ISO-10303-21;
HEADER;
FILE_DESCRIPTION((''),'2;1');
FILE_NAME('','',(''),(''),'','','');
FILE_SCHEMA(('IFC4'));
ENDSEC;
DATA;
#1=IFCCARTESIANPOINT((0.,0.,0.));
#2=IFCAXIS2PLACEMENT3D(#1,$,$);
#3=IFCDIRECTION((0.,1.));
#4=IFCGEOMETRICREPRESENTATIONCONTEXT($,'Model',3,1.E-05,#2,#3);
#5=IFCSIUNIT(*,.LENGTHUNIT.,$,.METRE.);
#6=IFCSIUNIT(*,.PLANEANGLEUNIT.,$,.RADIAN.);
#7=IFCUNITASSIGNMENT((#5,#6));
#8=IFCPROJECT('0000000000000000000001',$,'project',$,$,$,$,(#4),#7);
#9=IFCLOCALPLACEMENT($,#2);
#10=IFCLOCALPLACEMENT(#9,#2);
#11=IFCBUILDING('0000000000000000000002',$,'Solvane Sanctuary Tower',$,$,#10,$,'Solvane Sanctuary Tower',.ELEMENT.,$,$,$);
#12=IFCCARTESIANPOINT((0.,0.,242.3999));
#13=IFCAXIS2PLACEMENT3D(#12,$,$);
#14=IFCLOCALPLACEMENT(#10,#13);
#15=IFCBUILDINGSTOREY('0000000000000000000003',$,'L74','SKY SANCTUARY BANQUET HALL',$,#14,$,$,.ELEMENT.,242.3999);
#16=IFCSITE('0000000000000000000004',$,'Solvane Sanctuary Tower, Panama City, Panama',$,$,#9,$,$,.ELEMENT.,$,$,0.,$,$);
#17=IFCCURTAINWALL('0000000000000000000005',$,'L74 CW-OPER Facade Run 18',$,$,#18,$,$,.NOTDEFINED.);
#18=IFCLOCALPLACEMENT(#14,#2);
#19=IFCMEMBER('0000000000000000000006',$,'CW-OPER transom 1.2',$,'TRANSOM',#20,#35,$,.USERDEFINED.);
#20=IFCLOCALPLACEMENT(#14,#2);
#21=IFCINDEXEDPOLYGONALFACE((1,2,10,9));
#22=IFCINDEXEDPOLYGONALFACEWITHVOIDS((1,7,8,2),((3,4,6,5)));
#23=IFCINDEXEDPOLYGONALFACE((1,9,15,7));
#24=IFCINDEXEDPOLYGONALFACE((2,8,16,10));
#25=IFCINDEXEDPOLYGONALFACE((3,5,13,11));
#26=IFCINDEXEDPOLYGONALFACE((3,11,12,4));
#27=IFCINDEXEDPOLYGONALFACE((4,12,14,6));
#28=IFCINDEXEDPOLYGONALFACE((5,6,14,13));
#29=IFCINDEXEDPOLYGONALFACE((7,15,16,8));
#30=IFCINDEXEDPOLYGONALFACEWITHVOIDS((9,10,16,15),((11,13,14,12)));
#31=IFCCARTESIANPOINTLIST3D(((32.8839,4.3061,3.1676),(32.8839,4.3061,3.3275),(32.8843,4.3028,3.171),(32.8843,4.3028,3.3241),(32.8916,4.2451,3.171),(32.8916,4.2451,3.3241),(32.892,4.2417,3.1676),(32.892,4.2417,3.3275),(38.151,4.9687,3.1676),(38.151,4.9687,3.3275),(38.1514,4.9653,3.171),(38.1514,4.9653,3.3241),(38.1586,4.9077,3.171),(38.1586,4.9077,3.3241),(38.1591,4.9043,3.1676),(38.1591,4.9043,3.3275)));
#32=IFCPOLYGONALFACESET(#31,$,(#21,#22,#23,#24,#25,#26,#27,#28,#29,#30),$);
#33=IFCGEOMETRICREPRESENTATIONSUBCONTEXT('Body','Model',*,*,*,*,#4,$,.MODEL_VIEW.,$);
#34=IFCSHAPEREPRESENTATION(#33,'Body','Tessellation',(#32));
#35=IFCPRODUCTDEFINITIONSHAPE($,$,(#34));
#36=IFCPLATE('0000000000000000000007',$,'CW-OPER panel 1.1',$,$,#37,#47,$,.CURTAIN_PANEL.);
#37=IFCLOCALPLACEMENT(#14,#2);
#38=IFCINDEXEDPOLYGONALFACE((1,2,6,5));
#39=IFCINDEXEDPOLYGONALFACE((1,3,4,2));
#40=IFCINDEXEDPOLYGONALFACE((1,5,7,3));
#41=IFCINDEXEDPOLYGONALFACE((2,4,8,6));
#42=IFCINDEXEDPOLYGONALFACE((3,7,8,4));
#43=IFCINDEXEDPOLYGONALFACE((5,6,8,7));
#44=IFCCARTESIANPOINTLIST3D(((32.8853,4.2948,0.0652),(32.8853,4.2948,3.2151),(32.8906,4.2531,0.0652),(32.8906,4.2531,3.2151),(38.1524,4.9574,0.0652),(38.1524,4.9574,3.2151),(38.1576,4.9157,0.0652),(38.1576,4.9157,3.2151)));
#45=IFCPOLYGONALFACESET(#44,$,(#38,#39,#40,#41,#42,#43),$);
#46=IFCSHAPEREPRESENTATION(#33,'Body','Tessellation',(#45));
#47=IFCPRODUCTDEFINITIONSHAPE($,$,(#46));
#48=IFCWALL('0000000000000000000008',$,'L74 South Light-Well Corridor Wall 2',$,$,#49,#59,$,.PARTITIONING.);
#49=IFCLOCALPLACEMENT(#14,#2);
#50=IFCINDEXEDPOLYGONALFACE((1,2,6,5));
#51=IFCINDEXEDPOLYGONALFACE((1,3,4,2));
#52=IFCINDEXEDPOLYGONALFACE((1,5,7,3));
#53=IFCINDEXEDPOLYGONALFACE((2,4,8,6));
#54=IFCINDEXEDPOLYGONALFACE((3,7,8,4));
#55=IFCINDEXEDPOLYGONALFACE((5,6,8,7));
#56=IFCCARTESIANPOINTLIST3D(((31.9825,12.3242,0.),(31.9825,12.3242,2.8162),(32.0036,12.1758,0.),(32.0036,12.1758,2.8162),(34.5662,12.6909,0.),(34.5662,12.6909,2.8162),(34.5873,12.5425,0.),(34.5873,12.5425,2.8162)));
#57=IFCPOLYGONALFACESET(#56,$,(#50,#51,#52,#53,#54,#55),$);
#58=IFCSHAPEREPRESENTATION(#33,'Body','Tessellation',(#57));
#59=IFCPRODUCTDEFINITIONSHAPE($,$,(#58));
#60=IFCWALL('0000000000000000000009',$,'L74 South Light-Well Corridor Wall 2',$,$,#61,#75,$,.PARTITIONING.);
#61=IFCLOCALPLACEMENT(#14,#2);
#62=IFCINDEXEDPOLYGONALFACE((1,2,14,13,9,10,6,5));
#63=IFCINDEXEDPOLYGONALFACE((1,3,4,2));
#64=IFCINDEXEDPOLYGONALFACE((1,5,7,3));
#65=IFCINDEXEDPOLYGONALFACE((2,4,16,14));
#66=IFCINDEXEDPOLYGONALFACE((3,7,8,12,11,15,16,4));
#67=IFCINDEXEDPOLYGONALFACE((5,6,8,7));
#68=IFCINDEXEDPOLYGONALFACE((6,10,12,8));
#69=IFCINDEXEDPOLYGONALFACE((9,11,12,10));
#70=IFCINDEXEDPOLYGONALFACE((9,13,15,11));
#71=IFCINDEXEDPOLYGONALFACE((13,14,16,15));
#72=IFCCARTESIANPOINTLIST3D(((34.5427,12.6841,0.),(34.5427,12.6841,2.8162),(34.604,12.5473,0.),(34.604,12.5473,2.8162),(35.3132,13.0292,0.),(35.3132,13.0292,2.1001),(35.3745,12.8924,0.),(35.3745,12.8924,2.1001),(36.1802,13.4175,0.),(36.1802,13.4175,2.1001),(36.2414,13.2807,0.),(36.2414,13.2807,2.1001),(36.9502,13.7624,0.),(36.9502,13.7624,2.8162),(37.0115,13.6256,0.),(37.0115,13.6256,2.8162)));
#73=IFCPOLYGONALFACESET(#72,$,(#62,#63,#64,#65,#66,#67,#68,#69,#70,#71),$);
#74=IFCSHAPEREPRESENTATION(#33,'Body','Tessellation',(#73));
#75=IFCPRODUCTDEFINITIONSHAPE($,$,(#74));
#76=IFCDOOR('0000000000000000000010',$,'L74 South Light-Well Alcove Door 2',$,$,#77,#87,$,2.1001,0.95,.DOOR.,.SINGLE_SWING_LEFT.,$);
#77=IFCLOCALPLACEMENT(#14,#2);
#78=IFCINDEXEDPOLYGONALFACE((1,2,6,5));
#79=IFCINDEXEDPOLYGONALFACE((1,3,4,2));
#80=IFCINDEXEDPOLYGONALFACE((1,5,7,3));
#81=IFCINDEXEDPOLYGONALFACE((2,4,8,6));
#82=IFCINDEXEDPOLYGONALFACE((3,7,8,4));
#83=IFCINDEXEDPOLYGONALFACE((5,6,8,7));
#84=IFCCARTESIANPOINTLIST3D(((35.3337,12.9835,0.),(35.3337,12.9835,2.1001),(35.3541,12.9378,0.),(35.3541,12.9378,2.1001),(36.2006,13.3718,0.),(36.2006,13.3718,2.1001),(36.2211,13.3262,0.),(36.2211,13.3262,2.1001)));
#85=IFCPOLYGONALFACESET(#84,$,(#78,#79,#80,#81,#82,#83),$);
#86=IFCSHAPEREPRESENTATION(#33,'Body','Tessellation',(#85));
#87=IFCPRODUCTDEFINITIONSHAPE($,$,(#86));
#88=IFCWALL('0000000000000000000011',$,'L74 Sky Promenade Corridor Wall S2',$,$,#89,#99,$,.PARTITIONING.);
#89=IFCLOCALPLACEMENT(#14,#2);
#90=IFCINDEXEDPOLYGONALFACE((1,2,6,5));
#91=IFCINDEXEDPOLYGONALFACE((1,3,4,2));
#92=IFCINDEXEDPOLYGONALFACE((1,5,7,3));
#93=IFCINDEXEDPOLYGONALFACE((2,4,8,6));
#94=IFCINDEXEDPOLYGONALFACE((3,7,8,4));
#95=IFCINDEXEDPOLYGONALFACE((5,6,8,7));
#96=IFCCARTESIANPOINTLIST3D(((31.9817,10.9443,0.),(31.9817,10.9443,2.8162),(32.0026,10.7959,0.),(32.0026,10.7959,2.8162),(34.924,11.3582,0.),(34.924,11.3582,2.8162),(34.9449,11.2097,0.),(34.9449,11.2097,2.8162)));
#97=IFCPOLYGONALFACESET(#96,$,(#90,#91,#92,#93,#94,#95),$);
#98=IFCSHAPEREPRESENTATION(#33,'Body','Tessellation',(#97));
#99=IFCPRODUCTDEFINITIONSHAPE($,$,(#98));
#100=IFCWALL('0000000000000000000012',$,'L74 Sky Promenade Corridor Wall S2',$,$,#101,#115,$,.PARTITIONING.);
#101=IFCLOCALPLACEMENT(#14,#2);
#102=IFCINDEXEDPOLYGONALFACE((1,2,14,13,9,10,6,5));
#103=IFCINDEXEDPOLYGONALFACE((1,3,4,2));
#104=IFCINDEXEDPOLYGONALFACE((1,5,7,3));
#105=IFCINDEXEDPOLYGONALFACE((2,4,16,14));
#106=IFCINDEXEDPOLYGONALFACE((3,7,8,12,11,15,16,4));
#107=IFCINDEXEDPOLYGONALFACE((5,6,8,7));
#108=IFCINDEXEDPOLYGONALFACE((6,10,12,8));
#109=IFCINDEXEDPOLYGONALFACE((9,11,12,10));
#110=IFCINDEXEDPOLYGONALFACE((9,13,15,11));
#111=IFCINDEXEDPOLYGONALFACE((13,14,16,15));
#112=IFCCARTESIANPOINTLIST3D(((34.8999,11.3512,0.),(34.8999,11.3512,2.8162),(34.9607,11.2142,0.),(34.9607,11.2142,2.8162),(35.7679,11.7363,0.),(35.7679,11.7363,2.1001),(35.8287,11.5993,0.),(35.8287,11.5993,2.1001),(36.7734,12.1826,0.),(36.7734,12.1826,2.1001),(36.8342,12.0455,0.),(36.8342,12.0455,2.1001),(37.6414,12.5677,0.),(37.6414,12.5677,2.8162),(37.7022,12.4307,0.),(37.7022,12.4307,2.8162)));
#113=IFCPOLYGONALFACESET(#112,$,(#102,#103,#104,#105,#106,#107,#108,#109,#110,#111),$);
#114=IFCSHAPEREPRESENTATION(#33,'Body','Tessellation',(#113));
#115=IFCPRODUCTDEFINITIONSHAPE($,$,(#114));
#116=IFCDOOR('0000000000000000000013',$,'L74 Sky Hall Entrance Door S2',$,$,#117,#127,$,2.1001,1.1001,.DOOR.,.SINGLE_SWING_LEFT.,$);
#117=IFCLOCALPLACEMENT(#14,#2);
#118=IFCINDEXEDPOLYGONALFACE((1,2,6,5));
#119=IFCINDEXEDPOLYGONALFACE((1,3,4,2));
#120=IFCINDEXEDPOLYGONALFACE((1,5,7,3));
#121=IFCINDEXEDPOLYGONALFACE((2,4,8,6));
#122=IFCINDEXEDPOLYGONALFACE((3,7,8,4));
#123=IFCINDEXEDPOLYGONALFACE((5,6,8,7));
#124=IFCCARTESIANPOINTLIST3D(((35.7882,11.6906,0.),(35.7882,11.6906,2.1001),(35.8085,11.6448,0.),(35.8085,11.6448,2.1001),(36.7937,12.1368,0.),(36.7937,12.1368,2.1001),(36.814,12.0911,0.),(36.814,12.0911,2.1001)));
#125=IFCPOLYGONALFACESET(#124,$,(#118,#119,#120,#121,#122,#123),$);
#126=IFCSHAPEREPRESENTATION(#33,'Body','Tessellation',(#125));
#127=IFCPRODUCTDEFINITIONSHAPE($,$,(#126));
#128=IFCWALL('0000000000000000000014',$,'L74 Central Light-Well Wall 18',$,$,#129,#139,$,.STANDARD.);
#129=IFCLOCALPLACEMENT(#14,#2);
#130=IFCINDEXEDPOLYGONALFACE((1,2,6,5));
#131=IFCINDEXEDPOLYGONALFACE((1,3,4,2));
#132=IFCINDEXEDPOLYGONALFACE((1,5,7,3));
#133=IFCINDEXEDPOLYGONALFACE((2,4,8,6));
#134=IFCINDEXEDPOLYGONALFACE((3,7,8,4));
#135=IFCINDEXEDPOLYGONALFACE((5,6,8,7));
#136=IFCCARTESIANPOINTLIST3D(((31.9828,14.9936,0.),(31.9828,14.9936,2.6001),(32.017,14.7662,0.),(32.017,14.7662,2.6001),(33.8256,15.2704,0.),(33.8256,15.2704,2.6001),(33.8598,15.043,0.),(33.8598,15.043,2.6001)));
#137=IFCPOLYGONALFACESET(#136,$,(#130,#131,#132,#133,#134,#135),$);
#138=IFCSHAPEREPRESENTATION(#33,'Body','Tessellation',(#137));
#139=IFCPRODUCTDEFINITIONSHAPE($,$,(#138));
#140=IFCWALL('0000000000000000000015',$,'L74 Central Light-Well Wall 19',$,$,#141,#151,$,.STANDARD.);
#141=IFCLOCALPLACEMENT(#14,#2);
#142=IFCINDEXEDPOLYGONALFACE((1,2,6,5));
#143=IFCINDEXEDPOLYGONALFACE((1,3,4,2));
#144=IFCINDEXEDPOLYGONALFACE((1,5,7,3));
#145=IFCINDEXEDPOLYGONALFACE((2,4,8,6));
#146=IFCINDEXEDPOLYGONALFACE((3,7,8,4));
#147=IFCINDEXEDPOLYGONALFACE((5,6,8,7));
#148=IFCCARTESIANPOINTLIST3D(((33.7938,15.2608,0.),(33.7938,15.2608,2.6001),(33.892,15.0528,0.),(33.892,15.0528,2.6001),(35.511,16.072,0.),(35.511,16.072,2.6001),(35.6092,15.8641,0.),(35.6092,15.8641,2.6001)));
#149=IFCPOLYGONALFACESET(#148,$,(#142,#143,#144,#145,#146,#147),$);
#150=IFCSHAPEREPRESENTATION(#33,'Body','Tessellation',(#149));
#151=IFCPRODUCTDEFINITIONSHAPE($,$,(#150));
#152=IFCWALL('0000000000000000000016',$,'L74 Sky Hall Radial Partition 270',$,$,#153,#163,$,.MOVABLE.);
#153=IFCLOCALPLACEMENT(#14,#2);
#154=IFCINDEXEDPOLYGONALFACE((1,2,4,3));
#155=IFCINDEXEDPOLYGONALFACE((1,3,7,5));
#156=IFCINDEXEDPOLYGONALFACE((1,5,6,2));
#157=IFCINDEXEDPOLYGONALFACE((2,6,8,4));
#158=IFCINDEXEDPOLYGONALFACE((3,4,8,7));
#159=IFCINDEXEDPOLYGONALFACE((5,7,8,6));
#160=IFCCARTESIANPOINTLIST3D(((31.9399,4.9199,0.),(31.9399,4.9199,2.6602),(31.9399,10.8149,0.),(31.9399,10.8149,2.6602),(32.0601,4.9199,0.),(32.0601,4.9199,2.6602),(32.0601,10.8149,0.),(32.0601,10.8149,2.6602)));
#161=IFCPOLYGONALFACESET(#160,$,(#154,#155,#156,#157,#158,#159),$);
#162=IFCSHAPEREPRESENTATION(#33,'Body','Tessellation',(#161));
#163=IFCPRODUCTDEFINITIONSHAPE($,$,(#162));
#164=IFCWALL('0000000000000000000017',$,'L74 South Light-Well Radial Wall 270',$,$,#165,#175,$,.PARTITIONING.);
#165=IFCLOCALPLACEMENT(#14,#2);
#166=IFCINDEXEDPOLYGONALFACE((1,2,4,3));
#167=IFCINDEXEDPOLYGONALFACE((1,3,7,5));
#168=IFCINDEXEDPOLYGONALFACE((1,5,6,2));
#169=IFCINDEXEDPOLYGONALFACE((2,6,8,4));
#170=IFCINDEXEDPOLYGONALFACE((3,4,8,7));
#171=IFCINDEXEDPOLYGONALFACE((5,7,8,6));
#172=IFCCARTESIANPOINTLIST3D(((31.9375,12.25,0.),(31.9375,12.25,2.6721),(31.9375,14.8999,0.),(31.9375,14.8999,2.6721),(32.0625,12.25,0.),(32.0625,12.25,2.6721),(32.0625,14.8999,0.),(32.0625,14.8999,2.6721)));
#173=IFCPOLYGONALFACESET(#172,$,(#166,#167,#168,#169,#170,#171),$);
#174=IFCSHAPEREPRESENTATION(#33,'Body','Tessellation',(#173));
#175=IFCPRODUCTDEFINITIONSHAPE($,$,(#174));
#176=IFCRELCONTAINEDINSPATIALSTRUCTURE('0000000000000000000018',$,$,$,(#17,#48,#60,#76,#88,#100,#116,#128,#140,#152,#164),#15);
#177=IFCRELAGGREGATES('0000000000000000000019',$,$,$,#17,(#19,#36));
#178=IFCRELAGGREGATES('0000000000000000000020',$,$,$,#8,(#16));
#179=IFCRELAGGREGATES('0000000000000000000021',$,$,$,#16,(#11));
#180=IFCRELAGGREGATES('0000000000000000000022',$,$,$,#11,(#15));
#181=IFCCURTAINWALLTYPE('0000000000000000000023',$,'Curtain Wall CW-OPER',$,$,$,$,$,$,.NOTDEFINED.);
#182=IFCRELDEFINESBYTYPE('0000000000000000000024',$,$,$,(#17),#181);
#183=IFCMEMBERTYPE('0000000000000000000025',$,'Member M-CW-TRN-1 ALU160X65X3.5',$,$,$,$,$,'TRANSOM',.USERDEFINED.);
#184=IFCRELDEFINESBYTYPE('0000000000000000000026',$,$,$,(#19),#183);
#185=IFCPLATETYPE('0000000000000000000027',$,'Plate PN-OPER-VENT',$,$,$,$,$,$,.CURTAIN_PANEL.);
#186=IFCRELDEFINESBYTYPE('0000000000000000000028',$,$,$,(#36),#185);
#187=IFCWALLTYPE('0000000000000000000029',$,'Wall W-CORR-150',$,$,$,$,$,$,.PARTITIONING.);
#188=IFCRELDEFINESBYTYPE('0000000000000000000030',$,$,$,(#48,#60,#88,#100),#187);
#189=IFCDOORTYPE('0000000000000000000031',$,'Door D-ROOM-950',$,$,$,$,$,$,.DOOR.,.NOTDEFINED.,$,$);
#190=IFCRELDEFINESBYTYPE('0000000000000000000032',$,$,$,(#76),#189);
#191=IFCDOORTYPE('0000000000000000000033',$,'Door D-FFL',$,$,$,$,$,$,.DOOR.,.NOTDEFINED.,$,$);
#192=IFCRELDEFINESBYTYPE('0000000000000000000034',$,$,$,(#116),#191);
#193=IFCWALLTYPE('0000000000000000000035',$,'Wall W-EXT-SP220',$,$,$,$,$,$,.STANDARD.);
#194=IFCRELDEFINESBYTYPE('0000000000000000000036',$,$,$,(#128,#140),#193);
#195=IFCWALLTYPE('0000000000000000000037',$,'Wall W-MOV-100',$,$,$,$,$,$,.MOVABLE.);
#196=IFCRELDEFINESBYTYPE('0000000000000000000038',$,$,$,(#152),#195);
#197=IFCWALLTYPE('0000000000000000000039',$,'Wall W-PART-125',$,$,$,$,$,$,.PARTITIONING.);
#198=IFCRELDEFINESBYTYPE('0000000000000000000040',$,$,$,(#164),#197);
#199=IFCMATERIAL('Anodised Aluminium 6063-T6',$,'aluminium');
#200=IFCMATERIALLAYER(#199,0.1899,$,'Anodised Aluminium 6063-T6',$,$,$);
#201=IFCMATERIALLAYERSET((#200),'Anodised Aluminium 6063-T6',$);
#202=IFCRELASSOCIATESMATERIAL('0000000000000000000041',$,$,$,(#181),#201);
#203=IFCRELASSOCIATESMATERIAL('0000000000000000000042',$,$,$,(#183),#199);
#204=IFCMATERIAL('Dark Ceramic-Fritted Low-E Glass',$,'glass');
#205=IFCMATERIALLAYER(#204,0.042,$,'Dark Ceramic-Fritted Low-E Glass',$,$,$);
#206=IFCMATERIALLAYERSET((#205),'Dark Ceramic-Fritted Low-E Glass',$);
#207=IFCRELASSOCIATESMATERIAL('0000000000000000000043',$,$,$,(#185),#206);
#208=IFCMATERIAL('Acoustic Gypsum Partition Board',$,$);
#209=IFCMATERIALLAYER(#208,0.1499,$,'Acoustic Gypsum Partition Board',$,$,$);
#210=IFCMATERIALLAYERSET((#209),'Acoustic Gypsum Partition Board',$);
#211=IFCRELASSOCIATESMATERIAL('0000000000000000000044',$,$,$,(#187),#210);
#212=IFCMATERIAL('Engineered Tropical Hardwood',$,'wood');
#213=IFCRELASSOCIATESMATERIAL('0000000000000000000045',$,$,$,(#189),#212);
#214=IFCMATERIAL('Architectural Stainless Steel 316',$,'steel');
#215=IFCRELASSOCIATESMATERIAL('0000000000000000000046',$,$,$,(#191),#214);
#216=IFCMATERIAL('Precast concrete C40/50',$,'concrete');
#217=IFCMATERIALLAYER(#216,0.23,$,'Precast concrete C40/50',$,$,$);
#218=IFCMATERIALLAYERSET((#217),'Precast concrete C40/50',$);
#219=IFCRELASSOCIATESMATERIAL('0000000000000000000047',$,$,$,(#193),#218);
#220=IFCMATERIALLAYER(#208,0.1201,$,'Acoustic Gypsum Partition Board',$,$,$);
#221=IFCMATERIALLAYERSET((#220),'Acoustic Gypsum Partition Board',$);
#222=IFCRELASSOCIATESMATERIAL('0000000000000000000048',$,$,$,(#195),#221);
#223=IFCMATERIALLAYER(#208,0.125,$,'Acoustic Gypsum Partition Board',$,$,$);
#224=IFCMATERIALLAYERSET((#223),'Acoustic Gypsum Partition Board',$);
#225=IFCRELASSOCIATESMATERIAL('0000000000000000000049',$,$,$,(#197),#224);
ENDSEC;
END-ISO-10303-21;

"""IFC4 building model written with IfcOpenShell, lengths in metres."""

from ifc_helpers import new_model, si_unit, direction, frame, frame_2d, origin, origin_2d, place, context, subcontext, project, spatial, rectangle, hollow_rectangle, extrude, material, layer, layer_set, material_profile, profile_set, type_object, element, fill, aggregate, save


model = new_model("IFC4")

# Units and contexts
model_context = context("Model", 3, precision=1e-05, world=origin(), true_north=direction((0.0, 1.0)))
body_context = subcontext(model_context, "Body", "Model", "MODEL_VIEW")
ifc_project = project(units=[si_unit("LENGTHUNIT", "METRE"), si_unit("PLANEANGLEUNIT", "RADIAN")], contexts=[model_context])

# Site, building, storey
site_placement = place(None, origin())
site = spatial("IfcSite", under=ifc_project, at=site_placement, Name="Solvane Sanctuary Tower, Panama City, Panama", CompositionType="ELEMENT", RefElevation=0.0)
building_placement = place(site_placement, origin())
building = spatial("IfcBuilding", under=site, at=building_placement, Name="Solvane Sanctuary Tower", LongName="Solvane Sanctuary Tower", CompositionType="ELEMENT")
storey_placement = place(building_placement, frame((0.0, 0.0, 242.3999)))
storey = spatial("IfcBuildingStorey", under=building, at=storey_placement, Name="L74", Description="SKY SANCTUARY BANQUET HALL", CompositionType="ELEMENT", Elevation=242.3999)

# Curtain wall, member, plate
ifc_material_1 = material(Name="Anodised Aluminium 6063-T6", Category="aluminium")
ifc_layer_1 = layer(ifc_material_1, 0.1899, Name="Anodised Aluminium 6063-T6")
ifc_layer_set_1 = layer_set([ifc_layer_1], Name="Anodised Aluminium 6063-T6")
curtain_wall_type = type_object("IfcCurtainWallType", Name="Curtain Wall CW-OPER", PredefinedType="NOTDEFINED", material=ifc_layer_set_1)
curtain_wall_placement = place(storey_placement, origin())
curtain_wall = element("IfcCurtainWall", 1, at=curtain_wall_placement, inside=storey, type_object=curtain_wall_type, Name="L74 CW-OPER Facade Run 18", PredefinedType="NOTDEFINED")
ifc_material_profile_1 = material_profile(ifc_material_1, hollow_rectangle(XDim=0.0649, YDim=0.1599, WallThickness=0.0034, at=origin_2d()), Name="ALU160X65X3.5")
ifc_profile_set_1 = profile_set([ifc_material_profile_1], Name="Anodised Aluminium 6063-T6")
member_type_1 = type_object("IfcMemberType", Name="Member M-CW-TRN-1 ALU160X65X3.5", ElementType="TRANSOM", PredefinedType="USERDEFINED", material=ifc_profile_set_1)
member_1_placement = place(storey_placement, frame((32.8879, 4.2739, 3.2476), z_axis=(0.99218, 0.124816, 0.0), x_axis=(-0.124816, 0.99218, 0.0)))
member_1 = element("IfcMember", 2, at=member_1_placement, type_object=member_type_1, Name="CW-OPER transom 1.2", ObjectType="TRANSOM", PredefinedType="USERDEFINED", context=body_context, shape_type="SweptSolid", body=[
    extrude(hollow_rectangle(XDim=0.0649, YDim=0.1599, WallThickness=0.0034, at=origin_2d()), origin(), (0.0, 0.0, 1.0), 5.3086),
])
ifc_material_2 = material(Name="Dark Ceramic-Fritted Low-E Glass", Category="glass")
ifc_layer_2 = layer(ifc_material_2, 0.042, Name="Dark Ceramic-Fritted Low-E Glass")
ifc_layer_set_2 = layer_set([ifc_layer_2], Name="Dark Ceramic-Fritted Low-E Glass")
plate_type = type_object("IfcPlateType", Name="Plate PN-OPER-VENT", PredefinedType="CURTAIN_PANEL", material=ifc_layer_set_2)
plate_placement = place(storey_placement, frame((35.5215, 4.6052, 0.0652), z_axis=(0.0, 0.0, 1.0), x_axis=(0.99218, 0.124815, 0.0)))
plate = element("IfcPlate", 3, at=plate_placement, type_object=plate_type, Name="CW-OPER panel 1.1", PredefinedType="CURTAIN_PANEL", context=body_context, shape_type="SweptSolid", body=[
    extrude(rectangle(XDim=5.3086, YDim=0.042, at=origin_2d()), origin(), (0.0, 0.0, 1.0), 3.1499),
])
aggregate(curtain_wall, [member_1, plate])

# Wall
ifc_material_3 = material(Name="Acoustic Gypsum Partition Board")
ifc_layer_3 = layer(ifc_material_3, 0.1499, Name="Acoustic Gypsum Partition Board")
ifc_layer_set_3 = layer_set([ifc_layer_3], Name="Acoustic Gypsum Partition Board")
wall_type_1 = type_object("IfcWallType", Name="Wall W-CORR-150", PredefinedType="PARTITIONING", material=ifc_layer_set_3)
wall_1_placement = place(storey_placement, frame((31.9932, 12.25, 0.0), z_axis=(0.0, 0.0, 1.0), x_axis=(0.990078, 0.140518, 0.0)))
element("IfcWall", 4, at=wall_1_placement, inside=storey, type_object=wall_type_1, Name="L74 South Light-Well Corridor Wall 2", PredefinedType="PARTITIONING", context=body_context, shape_type="SweptSolid", body=[
    extrude(rectangle(XDim=2.6096, YDim=0.1499, at=frame_2d((1.3047, 0.0))), origin(), (0.0, 0.0, 1.0), 2.8162),
])

# Wall, opening, door
wall_2_placement = place(storey_placement, frame((34.5735, 12.6157, 0.0), z_axis=(0.0, 0.0, 1.0), x_axis=(0.912628, 0.40879, 0.0)))
wall_2 = element("IfcWall", 5, at=wall_2_placement, inside=storey, type_object=wall_type_1, Name="L74 South Light-Well Corridor Wall 2", PredefinedType="PARTITIONING", context=body_context, shape_type="SweptSolid", body=[
    extrude(rectangle(XDim=2.6379, YDim=0.1499, at=frame_2d((1.3188, 0.0))), origin(), (0.0, 0.0, 1.0), 2.8162),
])
opening_1_placement = place(wall_2_placement, frame((0.844, 0.0, 0.0)))
opening_1 = element("IfcOpeningElement", 6, at=opening_1_placement, cuts=wall_2, PredefinedType="OPENING", context=body_context, shape_type="SweptSolid", body=[
    extrude(rectangle(XDim=0.95, YDim=2.1001, at=frame_2d((0.4751, 1.05))), frame((0.0, 0.085, 0.0), z_axis=(0.0, -1.0, 0.0), x_axis=(1.0, 0.0, 0.0)), (0.0, 0.0, 1.0), 0.1699),
])
ifc_material_4 = material(Name="Engineered Tropical Hardwood", Category="wood")
door_type_1 = type_object("IfcDoorType", Name="Door D-ROOM-950", OperationType="NOTDEFINED", PredefinedType="DOOR", material=ifc_material_4)
door_1_placement = place(opening_1_placement, origin())
door_1 = element("IfcDoor", 7, at=door_1_placement, inside=storey, type_object=door_type_1, Name="L74 South Light-Well Alcove Door 2", OperationType="SINGLE_SWING_LEFT", OverallHeight=2.1001, OverallWidth=0.95, PredefinedType="DOOR", context=body_context, shape_type="SweptSolid", body=[
    extrude(rectangle(XDim=0.95, YDim=2.1001, at=frame_2d((0.4751, 1.05))), frame((0.0, 0.0249, 0.0), z_axis=(0.0, -1.0, 0.0), x_axis=(1.0, 0.0, 0.0)), (0.0, 0.0, 1.0), 0.05),
])
fill(opening_1, door_1)

# Wall
wall_3_placement = place(storey_placement, frame((31.9922, 10.8701, 0.0), z_axis=(0.0, 0.0, 1.0), x_axis=(0.990253, 0.139281, 0.0)))
element("IfcWall", 8, at=wall_3_placement, inside=storey, type_object=wall_type_1, Name="L74 Sky Promenade Corridor Wall S2", PredefinedType="PARTITIONING", context=body_context, shape_type="SweptSolid", body=[
    extrude(rectangle(XDim=2.9712, YDim=0.1499, at=frame_2d((1.4856, 0.0))), origin(), (0.0, 0.0, 1.0), 2.8162),
])

# Wall, opening, door
wall_4_placement = place(storey_placement, frame((34.9304, 11.2827, 0.0), z_axis=(0.0, 0.0, 1.0), x_axis=(0.914043, 0.405617, 0.0)))
wall_4 = element("IfcWall", 9, at=wall_4_placement, inside=storey, type_object=wall_type_1, Name="L74 Sky Promenade Corridor Wall S2", PredefinedType="PARTITIONING", context=body_context, shape_type="SweptSolid", body=[
    extrude(rectangle(XDim=2.9993, YDim=0.1499, at=frame_2d((1.4995, 0.0))), origin(), (0.0, 0.0, 1.0), 2.8162),
])
opening_2_placement = place(wall_4_placement, frame((0.9495, 0.0, 0.0)))
opening_2 = element("IfcOpeningElement", 10, at=opening_2_placement, cuts=wall_4, PredefinedType="OPENING", context=body_context, shape_type="SweptSolid", body=[
    extrude(rectangle(XDim=1.1001, YDim=2.1001, at=frame_2d((0.55, 1.05))), frame((0.0, 0.085, 0.0), z_axis=(0.0, -1.0, 0.0), x_axis=(1.0, 0.0, 0.0)), (0.0, 0.0, 1.0), 0.1699),
])
ifc_material_5 = material(Name="Architectural Stainless Steel 316", Category="steel")
door_type_2 = type_object("IfcDoorType", Name="Door D-FFL", OperationType="NOTDEFINED", PredefinedType="DOOR", material=ifc_material_5)
door_2_placement = place(opening_2_placement, origin())
door_2 = element("IfcDoor", 11, at=door_2_placement, inside=storey, type_object=door_type_2, Name="L74 Sky Hall Entrance Door S2", OperationType="SINGLE_SWING_LEFT", OverallHeight=2.1001, OverallWidth=1.1001, PredefinedType="DOOR", context=body_context, shape_type="SweptSolid", body=[
    extrude(rectangle(XDim=1.1001, YDim=2.1001, at=frame_2d((0.55, 1.05))), frame((0.0, 0.0249, 0.0), z_axis=(0.0, -1.0, 0.0), x_axis=(1.0, 0.0, 0.0)), (0.0, 0.0, 1.0), 0.05),
])
fill(opening_2, door_2)

# Walls
ifc_material_6 = material(Name="Precast concrete C40/50", Category="concrete")
ifc_layer_4 = layer(ifc_material_6, 0.23, Name="Precast concrete C40/50")
ifc_layer_set_4 = layer_set([ifc_layer_4], Name="Precast concrete C40/50")
wall_type_2 = type_object("IfcWallType", Name="Wall W-EXT-SP220", PredefinedType="STANDARD", material=ifc_layer_set_4)
wall_5_placement = place(storey_placement, frame((32.0, 14.8799, 0.0), z_axis=(0.0, 0.0, 1.0), x_axis=(0.988902, 0.148571, 0.0)))
element("IfcWall", 12, at=wall_5_placement, inside=storey, type_object=wall_type_2, Name="L74 Central Light-Well Wall 18", PredefinedType="STANDARD", context=body_context, shape_type="SweptSolid", body=[
    extrude(rectangle(XDim=1.8635, YDim=0.23, at=frame_2d((0.9316, 0.0))), origin(), (0.0, 0.0, 1.0), 2.6001),
])
wall_6_placement = place(storey_placement, frame((33.8428, 15.1567, 0.0), z_axis=(0.0, 0.0, 1.0), x_axis=(0.90418, 0.427152, 0.0)))
element("IfcWall", 13, at=wall_6_placement, inside=storey, type_object=wall_type_2, Name="L74 Central Light-Well Wall 19", PredefinedType="STANDARD", context=body_context, shape_type="SweptSolid", body=[
    extrude(rectangle(XDim=1.8992, YDim=0.23, at=frame_2d((0.9497, 0.0))), origin(), (0.0, 0.0, 1.0), 2.6001),
])
ifc_layer_5 = layer(ifc_material_3, 0.1201, Name="Acoustic Gypsum Partition Board")
ifc_layer_set_5 = layer_set([ifc_layer_5], Name="Acoustic Gypsum Partition Board")
wall_type_3 = type_object("IfcWallType", Name="Wall W-MOV-100", PredefinedType="MOVABLE", material=ifc_layer_set_5)
wall_7_placement = place(storey_placement, frame((32.0, 10.8149, 0.0), z_axis=(0.0, 0.0, 1.0), x_axis=(0.0, -1.0, 0.0)))
element("IfcWall", 14, at=wall_7_placement, inside=storey, type_object=wall_type_3, Name="L74 Sky Hall Radial Partition 270", PredefinedType="MOVABLE", context=body_context, shape_type="SweptSolid", body=[
    extrude(rectangle(XDim=5.895, YDim=0.1201, at=frame_2d((2.9475, 0.0))), origin(), (0.0, 0.0, 1.0), 2.6602),
])
ifc_layer_6 = layer(ifc_material_3, 0.125, Name="Acoustic Gypsum Partition Board")
ifc_layer_set_6 = layer_set([ifc_layer_6], Name="Acoustic Gypsum Partition Board")
wall_type_4 = type_object("IfcWallType", Name="Wall W-PART-125", PredefinedType="PARTITIONING", material=ifc_layer_set_6)
wall_8_placement = place(storey_placement, frame((32.0, 14.8999, 0.0), z_axis=(0.0, 0.0, 1.0), x_axis=(0.0, -1.0, 0.0)))
element("IfcWall", 15, at=wall_8_placement, inside=storey, type_object=wall_type_4, Name="L74 South Light-Well Radial Wall 270", PredefinedType="PARTITIONING", context=body_context, shape_type="SweptSolid", body=[
    extrude(rectangle(XDim=2.6499, YDim=0.125, at=frame_2d((1.325, 0.0))), origin(), (0.0, 0.0, 1.0), 2.6721),
])

save(model, "model.ifc")
